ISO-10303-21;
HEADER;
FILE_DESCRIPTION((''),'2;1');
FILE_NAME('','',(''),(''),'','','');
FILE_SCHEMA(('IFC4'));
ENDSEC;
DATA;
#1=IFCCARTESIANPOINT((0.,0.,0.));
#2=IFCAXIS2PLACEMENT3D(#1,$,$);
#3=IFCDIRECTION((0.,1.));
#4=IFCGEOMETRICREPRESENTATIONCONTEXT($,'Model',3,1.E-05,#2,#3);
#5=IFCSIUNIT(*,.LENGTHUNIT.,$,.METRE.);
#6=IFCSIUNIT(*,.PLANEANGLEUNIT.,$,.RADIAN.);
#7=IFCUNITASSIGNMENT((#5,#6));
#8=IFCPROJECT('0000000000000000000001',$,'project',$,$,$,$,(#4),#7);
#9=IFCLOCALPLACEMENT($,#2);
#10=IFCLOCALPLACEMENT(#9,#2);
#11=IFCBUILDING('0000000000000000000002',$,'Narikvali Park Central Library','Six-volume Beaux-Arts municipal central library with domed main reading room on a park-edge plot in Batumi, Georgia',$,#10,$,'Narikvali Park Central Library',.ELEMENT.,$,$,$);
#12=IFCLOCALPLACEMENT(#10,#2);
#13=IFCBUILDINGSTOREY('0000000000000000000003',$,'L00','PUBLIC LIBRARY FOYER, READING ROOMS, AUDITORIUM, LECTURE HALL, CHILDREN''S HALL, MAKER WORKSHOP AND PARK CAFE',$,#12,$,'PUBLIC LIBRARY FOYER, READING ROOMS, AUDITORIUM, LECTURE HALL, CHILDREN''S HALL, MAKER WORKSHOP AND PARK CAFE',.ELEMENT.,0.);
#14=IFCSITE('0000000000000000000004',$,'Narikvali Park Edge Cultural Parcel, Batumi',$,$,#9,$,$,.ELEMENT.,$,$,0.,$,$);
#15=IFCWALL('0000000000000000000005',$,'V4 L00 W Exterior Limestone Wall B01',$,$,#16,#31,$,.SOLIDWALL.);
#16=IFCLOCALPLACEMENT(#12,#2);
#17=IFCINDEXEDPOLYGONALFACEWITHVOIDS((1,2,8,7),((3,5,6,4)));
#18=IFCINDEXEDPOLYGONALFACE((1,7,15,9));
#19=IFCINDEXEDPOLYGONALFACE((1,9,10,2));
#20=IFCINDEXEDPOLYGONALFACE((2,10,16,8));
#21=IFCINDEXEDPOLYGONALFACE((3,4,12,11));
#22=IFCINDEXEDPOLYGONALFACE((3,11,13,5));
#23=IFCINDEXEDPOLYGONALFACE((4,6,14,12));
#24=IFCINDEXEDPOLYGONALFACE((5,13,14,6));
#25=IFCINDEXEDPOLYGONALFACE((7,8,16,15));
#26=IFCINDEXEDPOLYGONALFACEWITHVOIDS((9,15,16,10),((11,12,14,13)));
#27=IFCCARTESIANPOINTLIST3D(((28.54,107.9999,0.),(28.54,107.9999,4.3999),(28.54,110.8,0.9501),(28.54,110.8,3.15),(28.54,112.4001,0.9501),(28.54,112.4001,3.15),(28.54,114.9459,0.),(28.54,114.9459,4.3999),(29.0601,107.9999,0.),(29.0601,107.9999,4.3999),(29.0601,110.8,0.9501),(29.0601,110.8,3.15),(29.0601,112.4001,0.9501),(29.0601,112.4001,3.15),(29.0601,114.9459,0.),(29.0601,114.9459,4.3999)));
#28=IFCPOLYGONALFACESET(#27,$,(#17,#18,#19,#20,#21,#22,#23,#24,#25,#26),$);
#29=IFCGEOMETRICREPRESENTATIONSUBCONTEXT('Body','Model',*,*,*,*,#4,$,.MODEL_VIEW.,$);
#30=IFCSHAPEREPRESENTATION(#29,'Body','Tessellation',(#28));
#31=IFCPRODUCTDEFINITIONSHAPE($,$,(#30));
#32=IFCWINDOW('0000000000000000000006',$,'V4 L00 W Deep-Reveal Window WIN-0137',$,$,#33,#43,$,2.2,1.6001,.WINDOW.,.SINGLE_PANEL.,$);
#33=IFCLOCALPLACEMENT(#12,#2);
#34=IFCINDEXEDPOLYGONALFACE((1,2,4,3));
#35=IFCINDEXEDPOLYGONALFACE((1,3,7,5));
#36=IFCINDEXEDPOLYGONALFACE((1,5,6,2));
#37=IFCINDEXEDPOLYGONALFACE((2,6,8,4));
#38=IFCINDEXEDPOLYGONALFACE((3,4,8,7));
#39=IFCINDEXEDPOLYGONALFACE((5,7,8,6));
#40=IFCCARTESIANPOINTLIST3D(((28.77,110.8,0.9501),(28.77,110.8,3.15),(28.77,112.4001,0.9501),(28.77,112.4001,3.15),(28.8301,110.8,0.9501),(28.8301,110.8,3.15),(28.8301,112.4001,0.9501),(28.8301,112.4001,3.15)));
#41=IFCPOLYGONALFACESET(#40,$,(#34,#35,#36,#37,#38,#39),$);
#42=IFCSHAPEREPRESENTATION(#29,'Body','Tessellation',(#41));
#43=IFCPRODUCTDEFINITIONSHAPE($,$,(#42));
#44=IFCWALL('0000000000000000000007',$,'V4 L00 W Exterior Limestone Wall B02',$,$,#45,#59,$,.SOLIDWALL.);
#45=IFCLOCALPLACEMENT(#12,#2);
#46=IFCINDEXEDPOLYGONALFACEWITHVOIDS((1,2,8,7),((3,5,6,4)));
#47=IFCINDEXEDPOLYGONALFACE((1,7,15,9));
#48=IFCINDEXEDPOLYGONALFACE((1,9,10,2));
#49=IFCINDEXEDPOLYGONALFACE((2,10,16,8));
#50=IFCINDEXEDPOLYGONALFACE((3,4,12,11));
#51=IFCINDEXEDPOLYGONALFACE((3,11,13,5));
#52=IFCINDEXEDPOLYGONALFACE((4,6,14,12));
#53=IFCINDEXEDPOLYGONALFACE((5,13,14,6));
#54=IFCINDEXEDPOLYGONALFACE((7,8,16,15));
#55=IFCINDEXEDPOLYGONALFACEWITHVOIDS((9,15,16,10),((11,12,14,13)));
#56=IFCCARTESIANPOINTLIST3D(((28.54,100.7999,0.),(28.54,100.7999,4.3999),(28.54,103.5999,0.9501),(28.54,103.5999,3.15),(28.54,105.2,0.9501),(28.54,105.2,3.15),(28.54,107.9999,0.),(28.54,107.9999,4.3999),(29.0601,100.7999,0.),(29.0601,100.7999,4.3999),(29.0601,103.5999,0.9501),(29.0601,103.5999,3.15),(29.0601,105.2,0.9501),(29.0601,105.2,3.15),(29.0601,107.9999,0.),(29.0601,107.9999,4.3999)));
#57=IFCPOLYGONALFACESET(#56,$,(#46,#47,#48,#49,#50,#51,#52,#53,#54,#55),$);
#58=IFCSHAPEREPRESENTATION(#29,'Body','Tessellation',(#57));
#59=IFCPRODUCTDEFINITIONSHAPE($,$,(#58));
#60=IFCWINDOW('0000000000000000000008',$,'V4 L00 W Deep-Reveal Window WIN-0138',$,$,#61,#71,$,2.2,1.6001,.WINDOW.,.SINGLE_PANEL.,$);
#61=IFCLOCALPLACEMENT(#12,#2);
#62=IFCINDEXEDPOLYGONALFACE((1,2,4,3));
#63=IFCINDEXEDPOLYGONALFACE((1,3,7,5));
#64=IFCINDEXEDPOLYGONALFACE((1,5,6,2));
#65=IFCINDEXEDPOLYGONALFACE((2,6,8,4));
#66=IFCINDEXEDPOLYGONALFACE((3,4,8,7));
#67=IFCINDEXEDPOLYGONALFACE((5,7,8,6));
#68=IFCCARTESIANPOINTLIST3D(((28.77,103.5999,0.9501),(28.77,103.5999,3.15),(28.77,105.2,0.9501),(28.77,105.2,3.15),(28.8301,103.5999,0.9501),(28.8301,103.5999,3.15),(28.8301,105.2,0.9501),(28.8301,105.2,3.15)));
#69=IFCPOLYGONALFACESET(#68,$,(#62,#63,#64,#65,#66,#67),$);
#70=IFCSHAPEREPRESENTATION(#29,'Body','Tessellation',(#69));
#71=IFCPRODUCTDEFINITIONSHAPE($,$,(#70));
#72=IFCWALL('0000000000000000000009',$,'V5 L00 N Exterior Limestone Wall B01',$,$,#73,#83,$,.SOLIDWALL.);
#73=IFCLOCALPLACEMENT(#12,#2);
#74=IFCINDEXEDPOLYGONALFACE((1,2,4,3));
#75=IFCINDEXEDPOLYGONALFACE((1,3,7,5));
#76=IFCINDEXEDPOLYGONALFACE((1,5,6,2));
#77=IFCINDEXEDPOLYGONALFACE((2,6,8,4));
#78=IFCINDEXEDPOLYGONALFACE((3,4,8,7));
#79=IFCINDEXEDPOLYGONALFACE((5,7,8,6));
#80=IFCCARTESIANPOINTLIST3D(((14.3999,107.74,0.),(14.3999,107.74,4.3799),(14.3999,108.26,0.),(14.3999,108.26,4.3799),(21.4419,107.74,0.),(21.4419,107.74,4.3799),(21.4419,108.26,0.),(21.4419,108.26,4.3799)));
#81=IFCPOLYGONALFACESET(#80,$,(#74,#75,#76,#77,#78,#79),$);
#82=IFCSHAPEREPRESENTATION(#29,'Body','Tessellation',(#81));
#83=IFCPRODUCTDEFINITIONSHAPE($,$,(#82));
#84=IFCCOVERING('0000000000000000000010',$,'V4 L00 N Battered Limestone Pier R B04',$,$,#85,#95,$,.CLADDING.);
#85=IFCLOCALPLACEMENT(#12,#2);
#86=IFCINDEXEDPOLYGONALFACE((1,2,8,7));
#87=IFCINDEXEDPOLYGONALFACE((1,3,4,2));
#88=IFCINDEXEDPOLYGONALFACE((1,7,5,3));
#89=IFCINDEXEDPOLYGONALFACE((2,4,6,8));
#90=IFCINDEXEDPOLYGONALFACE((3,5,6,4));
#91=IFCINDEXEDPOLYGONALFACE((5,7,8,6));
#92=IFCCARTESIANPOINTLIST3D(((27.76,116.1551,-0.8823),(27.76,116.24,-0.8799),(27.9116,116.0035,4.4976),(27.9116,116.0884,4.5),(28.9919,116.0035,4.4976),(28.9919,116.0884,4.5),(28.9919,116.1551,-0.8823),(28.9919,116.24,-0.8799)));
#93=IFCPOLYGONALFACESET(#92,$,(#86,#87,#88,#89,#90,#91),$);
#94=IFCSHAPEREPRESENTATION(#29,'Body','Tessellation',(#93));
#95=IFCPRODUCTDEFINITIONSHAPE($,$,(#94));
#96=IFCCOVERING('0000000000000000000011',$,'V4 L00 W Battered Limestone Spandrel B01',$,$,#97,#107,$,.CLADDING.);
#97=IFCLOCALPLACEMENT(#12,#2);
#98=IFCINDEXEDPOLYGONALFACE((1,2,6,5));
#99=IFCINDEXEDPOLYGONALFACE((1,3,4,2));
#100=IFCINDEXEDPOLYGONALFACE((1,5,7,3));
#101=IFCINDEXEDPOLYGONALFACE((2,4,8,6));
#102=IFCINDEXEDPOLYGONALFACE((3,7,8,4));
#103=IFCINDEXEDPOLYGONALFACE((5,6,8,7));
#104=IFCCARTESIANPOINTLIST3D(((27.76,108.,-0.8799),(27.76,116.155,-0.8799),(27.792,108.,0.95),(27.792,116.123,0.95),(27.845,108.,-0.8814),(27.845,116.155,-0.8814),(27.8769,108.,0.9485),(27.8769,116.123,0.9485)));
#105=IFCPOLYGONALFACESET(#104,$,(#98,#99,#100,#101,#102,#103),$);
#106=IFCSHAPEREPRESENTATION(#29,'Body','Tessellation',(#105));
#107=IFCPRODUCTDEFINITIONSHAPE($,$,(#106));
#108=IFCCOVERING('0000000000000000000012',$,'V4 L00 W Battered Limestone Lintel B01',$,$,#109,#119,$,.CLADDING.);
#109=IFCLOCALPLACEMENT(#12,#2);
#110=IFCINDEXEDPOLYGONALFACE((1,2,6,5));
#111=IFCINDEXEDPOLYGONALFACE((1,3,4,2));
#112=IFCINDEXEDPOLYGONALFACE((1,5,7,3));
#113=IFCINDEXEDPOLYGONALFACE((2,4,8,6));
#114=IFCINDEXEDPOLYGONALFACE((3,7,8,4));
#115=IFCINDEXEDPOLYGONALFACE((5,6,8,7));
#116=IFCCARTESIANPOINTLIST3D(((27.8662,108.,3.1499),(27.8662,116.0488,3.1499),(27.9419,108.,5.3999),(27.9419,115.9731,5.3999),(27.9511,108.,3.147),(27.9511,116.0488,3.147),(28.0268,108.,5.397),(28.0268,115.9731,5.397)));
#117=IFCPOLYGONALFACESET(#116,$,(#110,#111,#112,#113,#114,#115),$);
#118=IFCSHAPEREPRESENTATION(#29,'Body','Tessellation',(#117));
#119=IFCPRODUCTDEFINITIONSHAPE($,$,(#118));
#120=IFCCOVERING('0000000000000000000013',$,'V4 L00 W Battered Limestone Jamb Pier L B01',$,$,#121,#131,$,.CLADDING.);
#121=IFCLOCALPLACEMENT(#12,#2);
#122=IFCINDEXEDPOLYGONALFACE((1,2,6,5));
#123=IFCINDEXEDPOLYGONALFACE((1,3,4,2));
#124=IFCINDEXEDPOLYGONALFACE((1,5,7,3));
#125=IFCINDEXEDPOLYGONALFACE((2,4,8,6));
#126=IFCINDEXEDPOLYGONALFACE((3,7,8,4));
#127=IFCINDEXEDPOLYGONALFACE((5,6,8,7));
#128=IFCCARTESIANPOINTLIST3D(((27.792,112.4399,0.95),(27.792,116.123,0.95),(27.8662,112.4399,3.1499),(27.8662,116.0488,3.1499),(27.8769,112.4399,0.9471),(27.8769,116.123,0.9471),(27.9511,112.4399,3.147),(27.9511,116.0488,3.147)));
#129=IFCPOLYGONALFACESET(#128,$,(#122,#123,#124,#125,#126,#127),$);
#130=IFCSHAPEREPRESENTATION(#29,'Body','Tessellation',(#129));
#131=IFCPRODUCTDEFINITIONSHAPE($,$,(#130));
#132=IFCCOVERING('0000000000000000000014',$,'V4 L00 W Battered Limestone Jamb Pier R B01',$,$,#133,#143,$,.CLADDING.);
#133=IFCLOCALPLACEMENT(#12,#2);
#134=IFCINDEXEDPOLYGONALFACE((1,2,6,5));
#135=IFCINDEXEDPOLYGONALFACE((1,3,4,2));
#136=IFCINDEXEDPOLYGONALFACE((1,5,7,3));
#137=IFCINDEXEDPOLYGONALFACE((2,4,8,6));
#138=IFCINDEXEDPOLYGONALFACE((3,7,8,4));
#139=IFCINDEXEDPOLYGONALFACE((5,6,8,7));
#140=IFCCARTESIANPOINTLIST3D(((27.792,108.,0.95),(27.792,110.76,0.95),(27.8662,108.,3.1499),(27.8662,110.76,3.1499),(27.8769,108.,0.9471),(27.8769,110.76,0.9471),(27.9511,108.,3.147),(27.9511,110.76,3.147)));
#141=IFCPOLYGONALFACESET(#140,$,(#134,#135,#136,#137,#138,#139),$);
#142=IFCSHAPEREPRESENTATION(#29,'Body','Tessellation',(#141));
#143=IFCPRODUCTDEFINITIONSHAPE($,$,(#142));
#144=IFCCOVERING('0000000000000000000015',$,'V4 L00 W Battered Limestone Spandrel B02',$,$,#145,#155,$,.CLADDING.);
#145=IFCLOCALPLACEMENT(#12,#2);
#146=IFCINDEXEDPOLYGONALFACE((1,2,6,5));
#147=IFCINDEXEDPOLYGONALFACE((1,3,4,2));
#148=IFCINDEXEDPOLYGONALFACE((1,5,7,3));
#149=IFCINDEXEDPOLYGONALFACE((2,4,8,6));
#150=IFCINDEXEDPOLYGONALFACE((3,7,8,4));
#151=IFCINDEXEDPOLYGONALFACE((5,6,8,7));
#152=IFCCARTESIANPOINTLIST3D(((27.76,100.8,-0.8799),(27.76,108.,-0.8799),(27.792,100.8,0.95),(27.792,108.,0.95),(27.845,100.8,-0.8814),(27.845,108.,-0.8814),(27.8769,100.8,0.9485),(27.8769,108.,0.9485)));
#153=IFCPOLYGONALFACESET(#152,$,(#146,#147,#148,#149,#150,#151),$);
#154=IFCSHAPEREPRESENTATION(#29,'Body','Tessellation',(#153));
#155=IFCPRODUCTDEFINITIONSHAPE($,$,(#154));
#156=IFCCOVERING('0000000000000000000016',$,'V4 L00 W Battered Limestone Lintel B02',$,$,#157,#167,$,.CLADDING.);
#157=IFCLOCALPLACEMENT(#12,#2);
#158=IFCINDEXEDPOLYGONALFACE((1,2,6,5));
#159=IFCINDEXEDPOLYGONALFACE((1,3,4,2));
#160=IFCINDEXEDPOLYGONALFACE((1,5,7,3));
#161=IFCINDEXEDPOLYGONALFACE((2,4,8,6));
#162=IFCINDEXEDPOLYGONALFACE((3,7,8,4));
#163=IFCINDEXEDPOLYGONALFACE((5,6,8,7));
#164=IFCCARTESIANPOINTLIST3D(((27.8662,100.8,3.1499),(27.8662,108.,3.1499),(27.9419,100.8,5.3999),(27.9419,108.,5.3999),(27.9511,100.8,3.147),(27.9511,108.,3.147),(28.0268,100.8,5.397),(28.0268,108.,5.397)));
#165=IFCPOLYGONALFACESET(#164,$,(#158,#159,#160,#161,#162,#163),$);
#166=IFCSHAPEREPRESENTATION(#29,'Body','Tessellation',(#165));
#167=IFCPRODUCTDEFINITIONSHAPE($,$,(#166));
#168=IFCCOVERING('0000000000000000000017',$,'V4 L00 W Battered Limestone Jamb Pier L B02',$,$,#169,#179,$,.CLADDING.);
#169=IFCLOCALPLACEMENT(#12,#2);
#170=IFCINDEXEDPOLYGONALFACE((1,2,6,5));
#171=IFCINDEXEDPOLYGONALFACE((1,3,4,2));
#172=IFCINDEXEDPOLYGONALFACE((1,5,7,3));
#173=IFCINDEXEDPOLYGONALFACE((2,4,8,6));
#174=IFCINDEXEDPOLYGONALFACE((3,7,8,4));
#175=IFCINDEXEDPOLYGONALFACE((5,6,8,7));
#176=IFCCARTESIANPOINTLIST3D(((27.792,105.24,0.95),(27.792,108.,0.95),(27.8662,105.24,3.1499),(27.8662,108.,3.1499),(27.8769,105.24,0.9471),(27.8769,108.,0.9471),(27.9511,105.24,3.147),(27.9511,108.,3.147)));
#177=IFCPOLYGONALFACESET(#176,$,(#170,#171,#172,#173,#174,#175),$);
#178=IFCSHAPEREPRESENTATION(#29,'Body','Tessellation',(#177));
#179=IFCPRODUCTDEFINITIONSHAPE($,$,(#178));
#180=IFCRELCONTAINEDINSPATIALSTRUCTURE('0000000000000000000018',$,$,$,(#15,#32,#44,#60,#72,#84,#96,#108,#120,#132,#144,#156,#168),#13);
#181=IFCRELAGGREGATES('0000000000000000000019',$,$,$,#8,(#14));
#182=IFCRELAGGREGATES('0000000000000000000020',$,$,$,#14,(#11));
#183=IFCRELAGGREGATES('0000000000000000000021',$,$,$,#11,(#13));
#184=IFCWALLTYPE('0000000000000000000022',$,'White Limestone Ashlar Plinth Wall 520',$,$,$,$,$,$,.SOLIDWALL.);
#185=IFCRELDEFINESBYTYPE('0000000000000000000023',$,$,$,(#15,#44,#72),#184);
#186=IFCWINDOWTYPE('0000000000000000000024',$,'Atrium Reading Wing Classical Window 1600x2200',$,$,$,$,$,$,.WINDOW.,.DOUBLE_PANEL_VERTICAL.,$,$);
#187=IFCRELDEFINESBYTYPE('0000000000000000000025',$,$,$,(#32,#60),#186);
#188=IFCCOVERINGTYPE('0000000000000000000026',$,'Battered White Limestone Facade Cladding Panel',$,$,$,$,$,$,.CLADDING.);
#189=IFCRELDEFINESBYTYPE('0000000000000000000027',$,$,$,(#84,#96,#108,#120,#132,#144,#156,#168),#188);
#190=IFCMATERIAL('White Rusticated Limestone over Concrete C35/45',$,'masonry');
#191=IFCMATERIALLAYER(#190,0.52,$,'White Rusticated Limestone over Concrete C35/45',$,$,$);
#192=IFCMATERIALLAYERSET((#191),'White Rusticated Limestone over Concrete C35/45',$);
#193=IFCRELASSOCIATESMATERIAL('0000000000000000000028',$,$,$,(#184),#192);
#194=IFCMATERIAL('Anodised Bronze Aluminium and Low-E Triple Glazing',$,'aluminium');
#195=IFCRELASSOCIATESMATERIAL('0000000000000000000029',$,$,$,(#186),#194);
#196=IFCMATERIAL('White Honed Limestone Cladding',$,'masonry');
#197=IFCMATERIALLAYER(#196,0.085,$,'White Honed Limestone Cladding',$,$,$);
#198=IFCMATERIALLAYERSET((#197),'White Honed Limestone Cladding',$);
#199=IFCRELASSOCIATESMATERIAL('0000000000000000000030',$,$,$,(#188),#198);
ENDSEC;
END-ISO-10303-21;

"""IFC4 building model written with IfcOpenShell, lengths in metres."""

from ifc_helpers import new_model, si_unit, direction, frame, frame_2d, origin, place, context, subcontext, project, spatial, polyline, rectangle, outline, extrude, material, layer, layer_set, type_object, element, fill, save


model = new_model("IFC4")

# Units and contexts
model_context = context("Model", 3, precision=1e-05, world=origin(), true_north=direction((0.0, 1.0)))
body_context = subcontext(model_context, "Body", "Model", "MODEL_VIEW")
ifc_project = project(units=[si_unit("LENGTHUNIT", "METRE"), si_unit("PLANEANGLEUNIT", "RADIAN")], contexts=[model_context])

# Site, building, storey
site_placement = place(None, origin())
site = spatial("IfcSite", under=ifc_project, at=site_placement, Name="Narikvali Park Edge Cultural Parcel, Batumi", CompositionType="ELEMENT", RefElevation=0.0)
building_placement = place(site_placement, origin())
building = spatial("IfcBuilding", under=site, at=building_placement, Name="Narikvali Park Central Library", Description="Six-volume Beaux-Arts municipal central library with domed main reading room on a park-edge plot in Batumi, Georgia", LongName="Narikvali Park Central Library", CompositionType="ELEMENT")
storey_placement = place(building_placement, origin())
storey = spatial("IfcBuildingStorey", under=building, at=storey_placement, Name="L00", Description="PUBLIC LIBRARY FOYER, READING ROOMS, AUDITORIUM, LECTURE HALL, CHILDREN'S HALL, MAKER WORKSHOP AND PARK CAFE", LongName="PUBLIC LIBRARY FOYER, READING ROOMS, AUDITORIUM, LECTURE HALL, CHILDREN'S HALL, MAKER WORKSHOP AND PARK CAFE", CompositionType="ELEMENT", Elevation=0.0)

# Walls, openings, windows
ifc_material_1 = material(Name="White Rusticated Limestone over Concrete C35/45", Category="masonry")
ifc_layer_1 = layer(ifc_material_1, 0.52, Name="White Rusticated Limestone over Concrete C35/45")
ifc_layer_set_1 = layer_set([ifc_layer_1], Name="White Rusticated Limestone over Concrete C35/45")
wall_type_1 = type_object("IfcWallType", Name="White Limestone Ashlar Plinth Wall 520", PredefinedType="SOLIDWALL", material=ifc_layer_set_1)
wall_1_placement = place(storey_placement, frame((28.8, 114.946, 0.0), z_axis=(0.0, 0.0, 1.0), x_axis=(0.0, -1.0, 0.0)))
wall_1 = element("IfcWall", 1, at=wall_1_placement, inside=storey, type_object=wall_type_1, Name="V4 L00 W Exterior Limestone Wall B01", PredefinedType="SOLIDWALL", context=body_context, shape_type="SweptSolid", body=[
    extrude(rectangle(XDim=6.946, YDim=0.52, at=frame_2d((3.4731, 0.0))), origin(), (0.0, 0.0, 1.0), 4.3999),
])
opening_1_placement = place(wall_1_placement, frame((2.5459, 0.0, 0.95)))
opening_1 = element("IfcOpeningElement", 2, at=opening_1_placement, cuts=wall_1, PredefinedType="OPENING", context=body_context, shape_type="SweptSolid", body=[
    extrude(rectangle(XDim=1.6001, YDim=2.2, at=frame_2d((0.8, 1.1001))), frame((0.0, 0.272, 0.0), z_axis=(0.0, -1.0, 0.0), x_axis=(1.0, 0.0, 0.0)), (0.0, 0.0, 1.0), 0.5439),
])
ifc_material_2 = material(Name="Anodised Bronze Aluminium and Low-E Triple Glazing", Category="aluminium")
window_type = type_object("IfcWindowType", Name="Atrium Reading Wing Classical Window 1600x2200", PartitioningType="DOUBLE_PANEL_VERTICAL", PredefinedType="WINDOW", material=ifc_material_2)
window_1_placement = place(opening_1_placement, origin())
window_1 = element("IfcWindow", 3, at=window_1_placement, inside=storey, type_object=window_type, Name="V4 L00 W Deep-Reveal Window WIN-0137", OverallHeight=2.2, OverallWidth=1.6001, PartitioningType="SINGLE_PANEL", PredefinedType="WINDOW", context=body_context, shape_type="SweptSolid", body=[
    extrude(rectangle(XDim=1.6001, YDim=2.2, at=frame_2d((0.8, 1.1001))), frame((0.0, 0.03, 0.0), z_axis=(0.0, -1.0, 0.0), x_axis=(1.0, 0.0, 0.0)), (0.0, 0.0, 1.0), 0.0601),
])
fill(opening_1, window_1)
wall_2_placement = place(storey_placement, frame((28.8, 108.0, 0.0), z_axis=(0.0, 0.0, 1.0), x_axis=(0.0, -1.0, 0.0)))
wall_2 = element("IfcWall", 4, at=wall_2_placement, inside=storey, type_object=wall_type_1, Name="V4 L00 W Exterior Limestone Wall B02", PredefinedType="SOLIDWALL", context=body_context, shape_type="SweptSolid", body=[
    extrude(rectangle(XDim=7.2, YDim=0.52, at=frame_2d((3.6001, 0.0))), origin(), (0.0, 0.0, 1.0), 4.3999),
])
opening_2_placement = place(wall_2_placement, frame((2.8, 0.0, 0.95)))
opening_2 = element("IfcOpeningElement", 5, at=opening_2_placement, cuts=wall_2, PredefinedType="OPENING", context=body_context, shape_type="SweptSolid", body=[
    extrude(rectangle(XDim=1.6001, YDim=2.2, at=frame_2d((0.8, 1.1001))), frame((0.0, 0.272, 0.0), z_axis=(0.0, -1.0, 0.0), x_axis=(1.0, 0.0, 0.0)), (0.0, 0.0, 1.0), 0.5439),
])
window_2_placement = place(opening_2_placement, origin())
window_2 = element("IfcWindow", 6, at=window_2_placement, inside=storey, type_object=window_type, Name="V4 L00 W Deep-Reveal Window WIN-0138", OverallHeight=2.2, OverallWidth=1.6001, PartitioningType="SINGLE_PANEL", PredefinedType="WINDOW", context=body_context, shape_type="SweptSolid", body=[
    extrude(rectangle(XDim=1.6001, YDim=2.2, at=frame_2d((0.8, 1.1001))), frame((0.0, 0.03, 0.0), z_axis=(0.0, -1.0, 0.0), x_axis=(1.0, 0.0, 0.0)), (0.0, 0.0, 1.0), 0.0601),
])
fill(opening_2, window_2)

# Wall
wall_3_placement = place(storey_placement, frame((21.4419, 108.0, 0.0), z_axis=(0.0, 0.0, 1.0), x_axis=(-1.0, 0.0, 0.0)))
element("IfcWall", 7, at=wall_3_placement, inside=storey, type_object=wall_type_1, Name="V5 L00 N Exterior Limestone Wall B01", PredefinedType="SOLIDWALL", context=body_context, shape_type="SweptSolid", body=[
    extrude(rectangle(XDim=7.042, YDim=0.52, at=frame_2d((3.521, 0.0))), origin(), (0.0, 0.0, 1.0), 4.3799),
])

# Coverings
ifc_material_3 = material(Name="White Honed Limestone Cladding", Category="masonry")
ifc_layer_2 = layer(ifc_material_3, 0.085, Name="White Honed Limestone Cladding")
ifc_layer_set_2 = layer_set([ifc_layer_2], Name="White Honed Limestone Cladding")
covering_type = type_object("IfcCoveringType", Name="Battered White Limestone Facade Cladding Panel", PredefinedType="CLADDING", material=ifc_layer_set_2)
covering_1_placement = place(storey_placement, frame((28.9919, 116.24, -0.8799), z_axis=(0.0, 0.999603, 0.02817), x_axis=(-1.0, 0.0, 0.0)))
element("IfcCovering", 8, at=covering_1_placement, inside=storey, type_object=covering_type, Name="V4 L00 N Battered Limestone Pier R B04", PredefinedType="CLADDING", context=body_context, shape_type="SweptSolid", body=[
    extrude(outline(polyline([(0.0, 0.0), (1.2319, 0.0), (1.0803, 5.382), (0.0, 5.382), (0.0, 0.0)])), origin(), (0.0, 0.0, -1.0), 0.085),
])
covering_2_placement = place(storey_placement, frame((27.76, 116.155, -0.8799), z_axis=(-0.999847, 0.0, 0.017476), x_axis=(0.0, -1.0, 0.0)))
element("IfcCovering", 9, at=covering_2_placement, inside=storey, type_object=covering_type, Name="V4 L00 W Battered Limestone Spandrel B01", PredefinedType="CLADDING", context=body_context, shape_type="SweptSolid", body=[
    extrude(outline(polyline([(0.0, 0.0), (8.155, 0.0), (8.155, 1.8301), (0.032, 1.8301), (0.0, 0.0)])), origin(), (0.0, 0.0, -1.0), 0.085),
])
covering_3_placement = place(storey_placement, frame((27.8662, 116.0488, 3.1499), z_axis=(-0.999435, 0.0, 0.033618), x_axis=(0.0, -1.0, 0.0)))
element("IfcCovering", 10, at=covering_3_placement, inside=storey, type_object=covering_type, Name="V4 L00 W Battered Limestone Lintel B01", PredefinedType="CLADDING", context=body_context, shape_type="SweptSolid", body=[
    extrude(outline(polyline([(0.0, 0.0), (8.0488, 0.0), (8.0488, 2.2513), (0.0757, 2.2513), (0.0, 0.0)])), origin(), (0.0, 0.0, -1.0), 0.085),
])
covering_4_placement = place(storey_placement, frame((27.792, 116.123, 0.95), z_axis=(-0.999431, 0.0, 0.033717), x_axis=(0.0, -1.0, 0.0)))
element("IfcCovering", 11, at=covering_4_placement, inside=storey, type_object=covering_type, Name="V4 L00 W Battered Limestone Jamb Pier L B01", PredefinedType="CLADDING", context=body_context, shape_type="SweptSolid", body=[
    extrude(outline(polyline([(0.0, 0.0), (3.6831, 0.0), (3.6831, 2.2012), (0.0742, 2.2012), (0.0, 0.0)])), origin(), (0.0, 0.0, -1.0), 0.085),
])
covering_5_placement = place(storey_placement, frame((27.792, 110.76, 0.95), z_axis=(-0.999431, 0.0, 0.033717), x_axis=(0.0, -1.0, 0.0)))
element("IfcCovering", 12, at=covering_5_placement, inside=storey, type_object=covering_type, Name="V4 L00 W Battered Limestone Jamb Pier R B01", PredefinedType="CLADDING", context=body_context, shape_type="SweptSolid", body=[
    extrude(outline(polyline([(0.0, 0.0), (2.76, 0.0), (2.76, 2.2012), (0.0, 2.2012), (0.0, 0.0)])), origin(), (0.0, 0.0, -1.0), 0.085),
])
covering_6_placement = place(storey_placement, frame((27.76, 108.0, -0.8799), z_axis=(-0.999847, 0.0, 0.017476), x_axis=(0.0, -1.0, 0.0)))
element("IfcCovering", 13, at=covering_6_placement, inside=storey, type_object=covering_type, Name="V4 L00 W Battered Limestone Spandrel B02", PredefinedType="CLADDING", context=body_context, shape_type="SweptSolid", body=[
    extrude(outline(polyline([(0.0, 0.0), (7.2, 0.0), (7.2, 1.8301), (0.0, 1.8301), (0.0, 0.0)])), origin(), (0.0, 0.0, -1.0), 0.085),
])
covering_7_placement = place(storey_placement, frame((27.8662, 108.0, 3.1499), z_axis=(-0.999435, 0.0, 0.033618), x_axis=(0.0, -1.0, 0.0)))
element("IfcCovering", 14, at=covering_7_placement, inside=storey, type_object=covering_type, Name="V4 L00 W Battered Limestone Lintel B02", PredefinedType="CLADDING", context=body_context, shape_type="SweptSolid", body=[
    extrude(outline(polyline([(0.0, 0.0), (7.2, 0.0), (7.2, 2.2513), (0.0, 2.2513), (0.0, 0.0)])), origin(), (0.0, 0.0, -1.0), 0.085),
])
covering_8_placement = place(storey_placement, frame((27.792, 108.0, 0.95), z_axis=(-0.999431, 0.0, 0.033717), x_axis=(0.0, -1.0, 0.0)))
element("IfcCovering", 15, at=covering_8_placement, inside=storey, type_object=covering_type, Name="V4 L00 W Battered Limestone Jamb Pier L B02", PredefinedType="CLADDING", context=body_context, shape_type="SweptSolid", body=[
    extrude(outline(polyline([(0.0, 0.0), (2.76, 0.0), (2.76, 2.2012), (0.0, 2.2012), (0.0, 0.0)])), origin(), (0.0, 0.0, -1.0), 0.085),
])

save(model, "model.ifc")
